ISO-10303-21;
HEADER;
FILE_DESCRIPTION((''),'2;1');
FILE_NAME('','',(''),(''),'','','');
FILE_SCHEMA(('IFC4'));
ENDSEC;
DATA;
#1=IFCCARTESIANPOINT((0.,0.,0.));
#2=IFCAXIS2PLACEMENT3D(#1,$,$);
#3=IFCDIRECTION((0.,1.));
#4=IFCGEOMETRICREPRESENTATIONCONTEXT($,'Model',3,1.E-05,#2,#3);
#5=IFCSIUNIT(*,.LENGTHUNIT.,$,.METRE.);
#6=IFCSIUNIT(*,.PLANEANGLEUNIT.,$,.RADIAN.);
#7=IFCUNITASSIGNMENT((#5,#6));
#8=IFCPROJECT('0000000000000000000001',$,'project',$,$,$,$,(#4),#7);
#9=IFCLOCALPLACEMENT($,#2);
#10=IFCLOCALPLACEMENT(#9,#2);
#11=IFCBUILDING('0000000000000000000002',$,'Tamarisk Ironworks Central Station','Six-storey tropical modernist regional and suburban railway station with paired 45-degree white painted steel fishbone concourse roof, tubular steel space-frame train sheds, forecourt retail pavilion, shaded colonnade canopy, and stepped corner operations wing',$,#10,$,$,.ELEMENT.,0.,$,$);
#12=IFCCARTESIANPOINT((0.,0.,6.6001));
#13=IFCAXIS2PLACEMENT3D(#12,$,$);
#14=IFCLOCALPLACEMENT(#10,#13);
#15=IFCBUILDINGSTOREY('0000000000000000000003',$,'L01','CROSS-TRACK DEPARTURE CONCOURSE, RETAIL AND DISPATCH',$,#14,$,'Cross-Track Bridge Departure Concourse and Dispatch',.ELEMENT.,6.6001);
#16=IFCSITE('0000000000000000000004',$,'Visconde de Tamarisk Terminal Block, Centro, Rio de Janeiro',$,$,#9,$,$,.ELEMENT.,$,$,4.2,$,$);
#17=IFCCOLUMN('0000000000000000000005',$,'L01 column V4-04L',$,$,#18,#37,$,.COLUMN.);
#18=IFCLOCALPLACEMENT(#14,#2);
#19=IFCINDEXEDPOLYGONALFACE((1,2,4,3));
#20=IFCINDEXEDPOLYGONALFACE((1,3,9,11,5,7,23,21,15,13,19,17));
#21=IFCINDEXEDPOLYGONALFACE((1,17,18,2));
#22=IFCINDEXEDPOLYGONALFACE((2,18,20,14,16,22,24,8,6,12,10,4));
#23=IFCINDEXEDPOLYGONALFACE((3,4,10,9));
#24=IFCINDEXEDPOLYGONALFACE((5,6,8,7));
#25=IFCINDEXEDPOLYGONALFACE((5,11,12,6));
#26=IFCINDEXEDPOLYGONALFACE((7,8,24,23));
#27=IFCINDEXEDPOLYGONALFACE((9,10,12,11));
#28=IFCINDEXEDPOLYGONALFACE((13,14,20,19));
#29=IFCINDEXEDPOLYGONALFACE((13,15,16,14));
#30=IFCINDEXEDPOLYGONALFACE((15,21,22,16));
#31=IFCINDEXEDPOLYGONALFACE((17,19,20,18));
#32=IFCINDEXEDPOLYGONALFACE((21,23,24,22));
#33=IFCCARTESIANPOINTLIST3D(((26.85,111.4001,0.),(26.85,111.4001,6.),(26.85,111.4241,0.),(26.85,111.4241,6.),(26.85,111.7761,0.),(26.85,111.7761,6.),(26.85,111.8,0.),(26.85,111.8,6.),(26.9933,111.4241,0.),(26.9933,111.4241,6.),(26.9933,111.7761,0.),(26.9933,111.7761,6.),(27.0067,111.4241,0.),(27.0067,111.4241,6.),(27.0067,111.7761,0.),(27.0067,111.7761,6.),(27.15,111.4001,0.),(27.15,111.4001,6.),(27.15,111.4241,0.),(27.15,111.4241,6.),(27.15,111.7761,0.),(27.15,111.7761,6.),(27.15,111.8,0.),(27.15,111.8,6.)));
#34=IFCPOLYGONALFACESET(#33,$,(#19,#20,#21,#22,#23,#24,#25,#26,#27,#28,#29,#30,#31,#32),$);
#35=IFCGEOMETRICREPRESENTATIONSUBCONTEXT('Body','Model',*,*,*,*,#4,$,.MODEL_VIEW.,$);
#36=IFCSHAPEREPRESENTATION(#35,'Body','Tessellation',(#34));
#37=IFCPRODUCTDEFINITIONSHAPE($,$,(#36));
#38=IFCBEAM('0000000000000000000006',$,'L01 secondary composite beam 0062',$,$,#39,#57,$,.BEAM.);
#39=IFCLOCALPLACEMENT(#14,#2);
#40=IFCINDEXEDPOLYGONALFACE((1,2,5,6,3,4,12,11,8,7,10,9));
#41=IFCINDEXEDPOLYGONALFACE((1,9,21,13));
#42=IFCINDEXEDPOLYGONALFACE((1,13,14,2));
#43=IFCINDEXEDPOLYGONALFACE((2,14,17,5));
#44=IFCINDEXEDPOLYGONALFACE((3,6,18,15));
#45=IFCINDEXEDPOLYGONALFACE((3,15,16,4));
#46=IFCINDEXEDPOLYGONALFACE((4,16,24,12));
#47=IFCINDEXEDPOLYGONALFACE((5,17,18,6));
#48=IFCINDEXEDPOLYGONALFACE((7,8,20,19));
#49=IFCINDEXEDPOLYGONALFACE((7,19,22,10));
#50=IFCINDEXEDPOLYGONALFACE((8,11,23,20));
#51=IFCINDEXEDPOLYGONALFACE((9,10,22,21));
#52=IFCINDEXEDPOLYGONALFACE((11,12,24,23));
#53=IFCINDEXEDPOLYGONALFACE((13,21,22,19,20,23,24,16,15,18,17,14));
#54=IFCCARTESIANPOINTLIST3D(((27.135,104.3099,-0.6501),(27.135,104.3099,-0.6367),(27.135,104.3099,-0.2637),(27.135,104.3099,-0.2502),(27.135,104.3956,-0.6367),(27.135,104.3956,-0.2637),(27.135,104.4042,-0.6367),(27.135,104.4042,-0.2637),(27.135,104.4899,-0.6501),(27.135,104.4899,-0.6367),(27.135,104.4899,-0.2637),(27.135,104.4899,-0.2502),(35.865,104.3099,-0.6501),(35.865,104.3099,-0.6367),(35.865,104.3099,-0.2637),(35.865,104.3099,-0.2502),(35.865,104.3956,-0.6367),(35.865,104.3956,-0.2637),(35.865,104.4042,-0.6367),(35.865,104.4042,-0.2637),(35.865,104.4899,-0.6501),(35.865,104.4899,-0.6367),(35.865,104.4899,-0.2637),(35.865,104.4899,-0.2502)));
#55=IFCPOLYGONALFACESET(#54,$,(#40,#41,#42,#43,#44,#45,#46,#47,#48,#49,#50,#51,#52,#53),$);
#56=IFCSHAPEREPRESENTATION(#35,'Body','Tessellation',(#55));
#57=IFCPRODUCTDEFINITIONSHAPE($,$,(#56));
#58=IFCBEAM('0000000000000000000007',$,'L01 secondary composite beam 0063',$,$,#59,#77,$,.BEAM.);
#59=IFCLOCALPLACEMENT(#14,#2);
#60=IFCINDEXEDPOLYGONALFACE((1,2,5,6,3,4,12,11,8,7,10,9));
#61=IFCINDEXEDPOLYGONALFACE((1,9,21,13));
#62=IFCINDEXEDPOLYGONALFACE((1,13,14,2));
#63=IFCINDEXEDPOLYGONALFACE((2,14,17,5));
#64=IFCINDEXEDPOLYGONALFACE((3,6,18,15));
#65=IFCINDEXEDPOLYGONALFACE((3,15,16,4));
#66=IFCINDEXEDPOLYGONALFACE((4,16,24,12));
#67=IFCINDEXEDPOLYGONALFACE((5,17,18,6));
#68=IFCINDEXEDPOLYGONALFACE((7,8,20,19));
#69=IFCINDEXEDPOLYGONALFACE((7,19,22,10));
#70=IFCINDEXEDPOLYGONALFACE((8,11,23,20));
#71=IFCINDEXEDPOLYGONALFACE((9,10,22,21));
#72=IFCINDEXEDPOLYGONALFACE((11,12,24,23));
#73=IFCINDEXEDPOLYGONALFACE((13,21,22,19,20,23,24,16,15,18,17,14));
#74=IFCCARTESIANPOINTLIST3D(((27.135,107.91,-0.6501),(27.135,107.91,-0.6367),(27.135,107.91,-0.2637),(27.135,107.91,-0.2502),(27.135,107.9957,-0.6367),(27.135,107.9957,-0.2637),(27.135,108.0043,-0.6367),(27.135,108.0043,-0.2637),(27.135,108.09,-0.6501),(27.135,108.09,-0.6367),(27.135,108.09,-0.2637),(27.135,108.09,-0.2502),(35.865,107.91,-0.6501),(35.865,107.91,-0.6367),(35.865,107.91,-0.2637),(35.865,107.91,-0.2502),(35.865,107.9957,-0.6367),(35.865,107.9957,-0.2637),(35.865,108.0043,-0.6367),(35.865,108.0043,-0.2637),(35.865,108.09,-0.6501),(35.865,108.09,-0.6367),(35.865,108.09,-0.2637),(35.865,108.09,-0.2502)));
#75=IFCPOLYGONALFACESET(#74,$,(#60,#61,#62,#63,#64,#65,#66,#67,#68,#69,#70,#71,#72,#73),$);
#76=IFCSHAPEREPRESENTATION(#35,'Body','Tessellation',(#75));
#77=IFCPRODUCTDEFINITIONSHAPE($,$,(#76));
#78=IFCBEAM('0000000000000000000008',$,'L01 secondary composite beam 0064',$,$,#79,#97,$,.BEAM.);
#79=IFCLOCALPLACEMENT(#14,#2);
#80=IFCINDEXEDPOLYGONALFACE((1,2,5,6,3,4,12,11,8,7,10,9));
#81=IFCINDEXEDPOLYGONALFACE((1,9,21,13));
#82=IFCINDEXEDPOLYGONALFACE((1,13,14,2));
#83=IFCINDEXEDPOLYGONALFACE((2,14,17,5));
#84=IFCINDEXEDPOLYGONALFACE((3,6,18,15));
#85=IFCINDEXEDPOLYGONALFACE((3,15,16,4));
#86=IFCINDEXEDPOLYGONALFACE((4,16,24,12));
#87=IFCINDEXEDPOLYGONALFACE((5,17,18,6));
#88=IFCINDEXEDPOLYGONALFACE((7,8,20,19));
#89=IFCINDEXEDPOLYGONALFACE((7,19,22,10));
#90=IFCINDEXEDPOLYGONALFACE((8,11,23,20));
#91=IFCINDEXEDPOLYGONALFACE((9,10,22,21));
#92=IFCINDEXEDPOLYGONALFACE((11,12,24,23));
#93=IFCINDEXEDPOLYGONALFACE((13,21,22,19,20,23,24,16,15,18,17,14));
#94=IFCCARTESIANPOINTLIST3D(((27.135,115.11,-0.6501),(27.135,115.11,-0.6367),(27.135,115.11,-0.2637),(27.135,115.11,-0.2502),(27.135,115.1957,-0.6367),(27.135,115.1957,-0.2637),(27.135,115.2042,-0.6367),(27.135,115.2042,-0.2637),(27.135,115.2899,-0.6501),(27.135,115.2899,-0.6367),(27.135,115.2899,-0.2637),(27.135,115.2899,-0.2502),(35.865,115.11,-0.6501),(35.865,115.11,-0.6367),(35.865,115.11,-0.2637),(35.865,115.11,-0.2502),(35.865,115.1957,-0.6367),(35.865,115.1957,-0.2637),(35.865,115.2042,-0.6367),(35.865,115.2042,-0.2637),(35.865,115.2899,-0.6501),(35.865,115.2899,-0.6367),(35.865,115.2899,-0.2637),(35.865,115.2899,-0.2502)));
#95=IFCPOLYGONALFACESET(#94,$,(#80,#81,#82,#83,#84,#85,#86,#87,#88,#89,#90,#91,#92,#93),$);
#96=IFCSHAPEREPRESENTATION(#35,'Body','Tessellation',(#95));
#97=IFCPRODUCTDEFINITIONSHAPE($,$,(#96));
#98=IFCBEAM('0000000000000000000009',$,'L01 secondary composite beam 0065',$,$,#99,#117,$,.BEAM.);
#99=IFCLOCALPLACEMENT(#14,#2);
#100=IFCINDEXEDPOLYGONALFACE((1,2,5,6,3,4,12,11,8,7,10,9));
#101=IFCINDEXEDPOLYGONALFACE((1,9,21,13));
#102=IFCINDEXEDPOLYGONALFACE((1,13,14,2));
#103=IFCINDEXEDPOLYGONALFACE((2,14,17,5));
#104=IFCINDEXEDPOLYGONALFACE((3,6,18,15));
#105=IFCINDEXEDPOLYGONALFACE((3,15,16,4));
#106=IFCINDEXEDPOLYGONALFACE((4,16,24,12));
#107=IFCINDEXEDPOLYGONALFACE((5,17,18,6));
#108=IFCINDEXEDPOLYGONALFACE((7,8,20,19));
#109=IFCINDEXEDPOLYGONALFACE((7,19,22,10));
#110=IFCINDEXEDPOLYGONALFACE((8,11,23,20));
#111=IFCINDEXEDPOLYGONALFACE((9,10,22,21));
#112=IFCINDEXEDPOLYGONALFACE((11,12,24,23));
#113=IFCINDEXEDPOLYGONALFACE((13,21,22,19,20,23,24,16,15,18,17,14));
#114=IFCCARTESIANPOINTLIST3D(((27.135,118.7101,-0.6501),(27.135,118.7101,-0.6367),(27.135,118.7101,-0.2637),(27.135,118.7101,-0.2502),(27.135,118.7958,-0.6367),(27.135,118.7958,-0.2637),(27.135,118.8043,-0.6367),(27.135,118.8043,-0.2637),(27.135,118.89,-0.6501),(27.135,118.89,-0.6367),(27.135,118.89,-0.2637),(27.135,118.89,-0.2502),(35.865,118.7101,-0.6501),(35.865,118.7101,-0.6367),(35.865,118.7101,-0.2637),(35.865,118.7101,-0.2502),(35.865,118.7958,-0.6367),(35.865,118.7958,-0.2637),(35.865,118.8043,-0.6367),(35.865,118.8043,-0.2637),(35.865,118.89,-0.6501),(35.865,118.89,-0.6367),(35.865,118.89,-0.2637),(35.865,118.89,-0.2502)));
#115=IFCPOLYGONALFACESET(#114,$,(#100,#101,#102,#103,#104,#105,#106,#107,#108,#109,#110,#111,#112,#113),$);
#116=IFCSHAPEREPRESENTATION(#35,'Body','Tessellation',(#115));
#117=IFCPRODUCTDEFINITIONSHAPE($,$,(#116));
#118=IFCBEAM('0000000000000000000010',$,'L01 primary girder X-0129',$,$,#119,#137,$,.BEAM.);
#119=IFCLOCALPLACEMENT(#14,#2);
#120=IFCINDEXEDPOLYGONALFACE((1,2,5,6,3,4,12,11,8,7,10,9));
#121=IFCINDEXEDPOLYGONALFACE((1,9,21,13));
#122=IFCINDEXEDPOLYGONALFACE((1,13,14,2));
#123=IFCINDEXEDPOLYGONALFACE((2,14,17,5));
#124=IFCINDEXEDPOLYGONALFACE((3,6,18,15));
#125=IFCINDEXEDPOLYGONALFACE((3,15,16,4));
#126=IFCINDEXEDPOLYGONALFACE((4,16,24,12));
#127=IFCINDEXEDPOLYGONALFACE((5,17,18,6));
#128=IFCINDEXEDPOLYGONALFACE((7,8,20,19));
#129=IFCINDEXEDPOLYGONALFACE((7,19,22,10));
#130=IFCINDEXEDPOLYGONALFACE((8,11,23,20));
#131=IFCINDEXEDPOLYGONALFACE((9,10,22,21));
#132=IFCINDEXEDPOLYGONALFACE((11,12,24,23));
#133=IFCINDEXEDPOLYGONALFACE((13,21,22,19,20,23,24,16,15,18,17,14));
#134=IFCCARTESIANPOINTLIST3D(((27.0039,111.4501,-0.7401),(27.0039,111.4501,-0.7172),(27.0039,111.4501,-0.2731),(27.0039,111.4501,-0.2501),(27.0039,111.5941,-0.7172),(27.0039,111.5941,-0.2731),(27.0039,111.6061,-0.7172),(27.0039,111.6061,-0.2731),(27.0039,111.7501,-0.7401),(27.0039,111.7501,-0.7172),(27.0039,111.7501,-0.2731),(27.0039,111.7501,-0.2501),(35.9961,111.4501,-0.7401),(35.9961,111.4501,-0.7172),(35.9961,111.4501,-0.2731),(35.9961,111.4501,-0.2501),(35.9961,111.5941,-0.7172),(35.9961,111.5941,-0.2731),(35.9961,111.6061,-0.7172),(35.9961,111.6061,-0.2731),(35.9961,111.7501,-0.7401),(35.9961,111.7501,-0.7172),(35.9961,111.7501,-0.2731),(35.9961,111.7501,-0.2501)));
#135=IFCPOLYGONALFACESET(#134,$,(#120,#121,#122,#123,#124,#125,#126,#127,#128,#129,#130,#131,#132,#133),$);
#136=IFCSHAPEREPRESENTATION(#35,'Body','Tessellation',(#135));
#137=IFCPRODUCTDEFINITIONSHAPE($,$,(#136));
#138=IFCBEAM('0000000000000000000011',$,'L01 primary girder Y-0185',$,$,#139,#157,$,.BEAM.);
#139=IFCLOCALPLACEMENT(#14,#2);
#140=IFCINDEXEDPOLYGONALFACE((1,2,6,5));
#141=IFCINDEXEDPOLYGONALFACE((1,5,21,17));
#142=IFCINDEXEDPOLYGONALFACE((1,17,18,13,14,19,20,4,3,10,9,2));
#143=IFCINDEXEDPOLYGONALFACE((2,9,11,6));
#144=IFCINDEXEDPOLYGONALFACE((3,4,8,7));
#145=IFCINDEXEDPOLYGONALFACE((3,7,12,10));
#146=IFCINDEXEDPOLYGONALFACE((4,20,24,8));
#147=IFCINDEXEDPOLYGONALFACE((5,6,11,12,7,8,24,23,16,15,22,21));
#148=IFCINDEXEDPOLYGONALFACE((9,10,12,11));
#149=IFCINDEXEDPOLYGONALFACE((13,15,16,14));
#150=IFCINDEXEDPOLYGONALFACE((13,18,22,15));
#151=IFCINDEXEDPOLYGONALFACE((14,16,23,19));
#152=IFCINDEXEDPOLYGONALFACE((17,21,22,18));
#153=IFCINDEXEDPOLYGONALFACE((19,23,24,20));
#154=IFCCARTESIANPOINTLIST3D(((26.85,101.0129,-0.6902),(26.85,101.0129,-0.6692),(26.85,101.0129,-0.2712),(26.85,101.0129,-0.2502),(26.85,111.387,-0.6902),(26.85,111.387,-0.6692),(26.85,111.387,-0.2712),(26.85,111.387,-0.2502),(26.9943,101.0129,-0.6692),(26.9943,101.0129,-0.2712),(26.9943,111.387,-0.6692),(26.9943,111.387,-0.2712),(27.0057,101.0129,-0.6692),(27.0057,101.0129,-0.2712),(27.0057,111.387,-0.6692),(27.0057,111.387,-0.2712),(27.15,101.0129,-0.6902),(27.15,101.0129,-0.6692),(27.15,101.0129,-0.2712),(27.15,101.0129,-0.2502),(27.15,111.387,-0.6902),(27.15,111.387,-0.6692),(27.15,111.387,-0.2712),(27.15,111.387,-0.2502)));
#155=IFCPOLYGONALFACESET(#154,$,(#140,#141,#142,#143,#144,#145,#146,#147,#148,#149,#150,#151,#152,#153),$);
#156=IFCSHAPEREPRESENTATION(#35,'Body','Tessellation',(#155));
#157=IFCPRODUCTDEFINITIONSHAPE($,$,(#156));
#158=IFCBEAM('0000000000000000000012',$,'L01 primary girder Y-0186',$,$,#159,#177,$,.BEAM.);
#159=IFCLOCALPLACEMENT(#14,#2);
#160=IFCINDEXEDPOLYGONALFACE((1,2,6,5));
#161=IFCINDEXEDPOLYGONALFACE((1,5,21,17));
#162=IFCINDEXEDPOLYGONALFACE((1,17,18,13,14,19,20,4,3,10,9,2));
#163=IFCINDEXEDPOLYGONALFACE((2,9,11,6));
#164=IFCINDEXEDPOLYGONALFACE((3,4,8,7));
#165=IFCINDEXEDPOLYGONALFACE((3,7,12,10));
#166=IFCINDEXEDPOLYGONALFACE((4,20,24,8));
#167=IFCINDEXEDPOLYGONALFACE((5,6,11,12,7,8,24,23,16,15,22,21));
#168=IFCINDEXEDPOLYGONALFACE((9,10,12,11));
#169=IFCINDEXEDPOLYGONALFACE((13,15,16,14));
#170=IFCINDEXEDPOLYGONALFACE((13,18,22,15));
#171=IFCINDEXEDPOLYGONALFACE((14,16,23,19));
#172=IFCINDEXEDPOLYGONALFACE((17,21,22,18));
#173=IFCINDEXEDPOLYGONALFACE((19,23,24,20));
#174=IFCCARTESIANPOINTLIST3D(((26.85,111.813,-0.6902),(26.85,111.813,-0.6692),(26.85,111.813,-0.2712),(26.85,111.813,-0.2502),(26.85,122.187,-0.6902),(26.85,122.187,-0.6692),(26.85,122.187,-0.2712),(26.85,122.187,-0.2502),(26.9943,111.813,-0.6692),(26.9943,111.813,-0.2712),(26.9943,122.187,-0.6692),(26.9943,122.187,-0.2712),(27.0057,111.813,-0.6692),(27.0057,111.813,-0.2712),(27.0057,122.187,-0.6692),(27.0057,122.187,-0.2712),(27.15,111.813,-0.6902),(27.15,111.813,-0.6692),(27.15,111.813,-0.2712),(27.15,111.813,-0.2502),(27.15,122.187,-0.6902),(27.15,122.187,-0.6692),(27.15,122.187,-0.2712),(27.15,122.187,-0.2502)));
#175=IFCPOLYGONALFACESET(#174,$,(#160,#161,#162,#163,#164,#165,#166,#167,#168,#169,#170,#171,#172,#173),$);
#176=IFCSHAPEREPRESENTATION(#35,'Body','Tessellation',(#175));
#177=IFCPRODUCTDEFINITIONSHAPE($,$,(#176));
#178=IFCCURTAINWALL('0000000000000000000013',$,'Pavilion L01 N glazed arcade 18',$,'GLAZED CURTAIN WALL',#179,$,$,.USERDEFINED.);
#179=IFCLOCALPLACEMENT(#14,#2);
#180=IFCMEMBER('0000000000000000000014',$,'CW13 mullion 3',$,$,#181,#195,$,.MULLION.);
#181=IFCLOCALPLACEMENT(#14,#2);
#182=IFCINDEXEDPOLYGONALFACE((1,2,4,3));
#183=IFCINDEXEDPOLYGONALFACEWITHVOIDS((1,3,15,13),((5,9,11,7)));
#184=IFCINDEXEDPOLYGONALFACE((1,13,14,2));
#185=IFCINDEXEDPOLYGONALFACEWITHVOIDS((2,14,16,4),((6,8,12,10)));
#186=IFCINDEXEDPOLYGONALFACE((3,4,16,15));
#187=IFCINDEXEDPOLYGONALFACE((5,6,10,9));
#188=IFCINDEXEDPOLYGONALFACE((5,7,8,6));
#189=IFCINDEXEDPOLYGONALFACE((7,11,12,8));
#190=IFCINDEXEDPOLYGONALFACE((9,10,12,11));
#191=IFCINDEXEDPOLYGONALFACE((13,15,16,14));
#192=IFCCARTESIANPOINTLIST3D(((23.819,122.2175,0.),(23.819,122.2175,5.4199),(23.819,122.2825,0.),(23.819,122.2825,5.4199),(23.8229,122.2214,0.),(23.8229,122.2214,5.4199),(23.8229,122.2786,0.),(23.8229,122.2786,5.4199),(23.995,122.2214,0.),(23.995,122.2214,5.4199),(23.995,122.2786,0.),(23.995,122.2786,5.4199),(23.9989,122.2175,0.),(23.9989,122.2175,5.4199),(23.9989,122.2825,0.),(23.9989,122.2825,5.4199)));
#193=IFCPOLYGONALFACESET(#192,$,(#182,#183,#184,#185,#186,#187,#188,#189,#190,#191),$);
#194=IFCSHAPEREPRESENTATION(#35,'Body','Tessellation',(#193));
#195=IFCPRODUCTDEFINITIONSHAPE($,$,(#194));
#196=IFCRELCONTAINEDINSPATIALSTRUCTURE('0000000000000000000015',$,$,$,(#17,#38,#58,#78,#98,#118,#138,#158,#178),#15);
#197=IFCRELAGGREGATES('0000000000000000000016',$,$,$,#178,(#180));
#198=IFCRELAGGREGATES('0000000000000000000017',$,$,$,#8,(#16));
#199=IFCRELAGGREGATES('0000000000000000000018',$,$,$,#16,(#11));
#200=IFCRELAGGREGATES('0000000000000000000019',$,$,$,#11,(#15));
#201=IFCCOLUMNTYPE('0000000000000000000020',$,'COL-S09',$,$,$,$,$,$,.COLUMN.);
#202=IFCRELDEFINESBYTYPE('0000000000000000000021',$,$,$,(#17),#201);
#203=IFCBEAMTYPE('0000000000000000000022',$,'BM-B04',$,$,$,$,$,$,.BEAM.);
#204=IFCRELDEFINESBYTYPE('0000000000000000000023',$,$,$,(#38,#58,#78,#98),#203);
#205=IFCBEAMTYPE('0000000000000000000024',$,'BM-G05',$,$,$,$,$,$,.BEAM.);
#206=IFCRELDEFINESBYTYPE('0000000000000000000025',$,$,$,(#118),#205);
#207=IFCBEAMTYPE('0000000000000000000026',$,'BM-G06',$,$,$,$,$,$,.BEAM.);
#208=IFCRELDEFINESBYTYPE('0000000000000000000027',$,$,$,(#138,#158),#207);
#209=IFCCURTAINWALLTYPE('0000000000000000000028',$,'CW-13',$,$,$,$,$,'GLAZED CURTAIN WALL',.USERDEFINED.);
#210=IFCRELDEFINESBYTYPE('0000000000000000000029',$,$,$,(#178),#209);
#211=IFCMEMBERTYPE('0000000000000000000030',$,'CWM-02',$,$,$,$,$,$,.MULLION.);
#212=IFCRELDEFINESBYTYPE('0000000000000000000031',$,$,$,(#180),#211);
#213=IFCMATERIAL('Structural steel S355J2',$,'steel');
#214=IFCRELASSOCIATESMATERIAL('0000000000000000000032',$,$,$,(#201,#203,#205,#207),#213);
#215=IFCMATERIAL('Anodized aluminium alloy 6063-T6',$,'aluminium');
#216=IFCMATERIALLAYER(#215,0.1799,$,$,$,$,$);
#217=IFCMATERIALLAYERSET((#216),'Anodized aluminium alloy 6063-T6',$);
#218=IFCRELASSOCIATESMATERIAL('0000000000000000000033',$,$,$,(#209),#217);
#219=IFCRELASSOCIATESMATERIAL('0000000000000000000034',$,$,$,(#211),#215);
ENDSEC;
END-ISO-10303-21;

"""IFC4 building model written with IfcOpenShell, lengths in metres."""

from ifc_helpers import new_model, si_unit, direction, frame, origin, origin_2d, place, context, subcontext, project, spatial, hollow_rectangle, i_section, extrude, material, layer, layer_set, material_profile, profile_set, type_object, element, aggregate, save


model = new_model("IFC4")

# Units and contexts
model_context = context("Model", 3, precision=1e-05, world=origin(), true_north=direction((0.0, 1.0)))
body_context = subcontext(model_context, "Body", "Model", "MODEL_VIEW")
ifc_project = project(units=[si_unit("LENGTHUNIT", "METRE"), si_unit("PLANEANGLEUNIT", "RADIAN")], contexts=[model_context])

# Site, building, storey
site_placement = place(None, origin())
site = spatial("IfcSite", under=ifc_project, at=site_placement, Name="Visconde de Tamarisk Terminal Block, Centro, Rio de Janeiro", CompositionType="ELEMENT", RefElevation=4.2)
building_placement = place(site_placement, origin())
building = spatial("IfcBuilding", under=site, at=building_placement, Name="Tamarisk Ironworks Central Station", Description="Six-storey tropical modernist regional and suburban railway station with paired 45-degree white painted steel fishbone concourse roof, tubular steel space-frame train sheds, forecourt retail pavilion, shaded colonnade canopy, and stepped corner operations wing", CompositionType="ELEMENT", ElevationOfRefHeight=0.0)
storey_placement = place(building_placement, frame((0.0, 0.0, 6.6001)))
storey = spatial("IfcBuildingStorey", under=building, at=storey_placement, Name="L01", Description="CROSS-TRACK DEPARTURE CONCOURSE, RETAIL AND DISPATCH", LongName="Cross-Track Bridge Departure Concourse and Dispatch", CompositionType="ELEMENT", Elevation=6.6001)

# Column
ifc_material_1 = material(Name="Structural steel S355J2", Category="steel")
ifc_material_profile_1 = material_profile(ifc_material_1, i_section(OverallWidth=0.3, OverallDepth=0.3999, WebThickness=0.0134, FlangeThickness=0.0239, at=origin_2d()), Name="HEB 400")
ifc_profile_set_1 = profile_set([ifc_material_profile_1], Name="Structural steel S355J2")
column_type = type_object("IfcColumnType", Name="COL-S09", PredefinedType="COLUMN", material=ifc_profile_set_1)
column_placement = place(storey_placement, frame((27.0, 111.6001, 0.0), z_axis=(0.0, 0.0, 1.0), x_axis=(1.0, 0.0, 0.0)))
element("IfcColumn", 1, at=column_placement, inside=storey, type_object=column_type, Name="L01 column V4-04L", PredefinedType="COLUMN", context=body_context, shape_type="SweptSolid", body=[
    extrude(i_section(OverallWidth=0.3, OverallDepth=0.3999, WebThickness=0.0134, FlangeThickness=0.0239, at=origin_2d()), origin(), (0.0, 0.0, 1.0), 6.0),
])

# Beams
ifc_material_profile_2 = material_profile(ifc_material_1, i_section(OverallWidth=0.1799, OverallDepth=0.3999, WebThickness=0.0085, FlangeThickness=0.0134, at=origin_2d()), Name="IPE 400")
ifc_profile_set_2 = profile_set([ifc_material_profile_2], Name="Structural steel S355J2")
beam_type_1 = type_object("IfcBeamType", Name="BM-B04", PredefinedType="BEAM", material=ifc_profile_set_2)
for number, where, z_axis, x_axis, name in (
    (2, (27.135, 104.3999, -0.4502), (1.0, 0.0, 0.0), (0.0, 1.0, 0.0), "L01 secondary composite beam 0062"),
    (3, (27.135, 108.0, -0.4502), (1.0, 0.0, 0.0), (0.0, 1.0, 0.0), "L01 secondary composite beam 0063"),
    (4, (27.135, 115.2, -0.4502), (1.0, 0.0, 0.0), (0.0, 1.0, 0.0), "L01 secondary composite beam 0064"),
    (5, (27.135, 118.8, -0.4502), (1.0, 0.0, 0.0), (0.0, 1.0, 0.0), "L01 secondary composite beam 0065"),
):
    element("IfcBeam", number, at=place(storey_placement, frame(where, z_axis=z_axis, x_axis=x_axis)), inside=storey, type_object=beam_type_1, Name=name, PredefinedType="BEAM", context=body_context, shape_type="SweptSolid", body=[
        extrude(i_section(OverallWidth=0.1799, OverallDepth=0.3999, WebThickness=0.0085, FlangeThickness=0.0134, at=origin_2d()), origin(), (0.0, 0.0, 1.0), 8.73),
    ])
ifc_material_profile_3 = material_profile(ifc_material_1, i_section(OverallWidth=0.3, OverallDepth=0.49, WebThickness=0.012, FlangeThickness=0.0229, at=origin_2d()), Name="HEA 500")
ifc_profile_set_3 = profile_set([ifc_material_profile_3], Name="Structural steel S355J2")
beam_type_2 = type_object("IfcBeamType", Name="BM-G05", PredefinedType="BEAM", material=ifc_profile_set_3)
beam_placement = place(storey_placement, frame((27.0039, 111.6001, -0.4951), z_axis=(1.0, 0.0, 0.0), x_axis=(0.0, 1.0, 0.0)))
element("IfcBeam", 6, at=beam_placement, inside=storey, type_object=beam_type_2, Name="L01 primary girder X-0129", PredefinedType="BEAM", context=body_context, shape_type="SweptSolid", body=[
    extrude(i_section(OverallWidth=0.3, OverallDepth=0.49, WebThickness=0.012, FlangeThickness=0.0229, at=origin_2d()), origin(), (0.0, 0.0, 1.0), 8.9922),
])
ifc_material_profile_4 = material_profile(ifc_material_1, i_section(OverallWidth=0.3, OverallDepth=0.4399, WebThickness=0.0115, FlangeThickness=0.021, at=origin_2d()), Name="HEA 450")
ifc_profile_set_4 = profile_set([ifc_material_profile_4], Name="Structural steel S355J2")
beam_type_3 = type_object("IfcBeamType", Name="BM-G06", PredefinedType="BEAM", material=ifc_profile_set_4)
for number, where, z_axis, x_axis, name in (
    (7, (27.0, 101.0129, -0.4702), (0.0, 1.0, 0.0), (-1.0, 0.0, 0.0), "L01 primary girder Y-0185"),
    (8, (27.0, 111.813, -0.4702), (0.0, 1.0, 0.0), (-1.0, 0.0, 0.0), "L01 primary girder Y-0186"),
):
    element("IfcBeam", number, at=place(storey_placement, frame(where, z_axis=z_axis, x_axis=x_axis)), inside=storey, type_object=beam_type_3, Name=name, PredefinedType="BEAM", context=body_context, shape_type="SweptSolid", body=[
        extrude(i_section(OverallWidth=0.3, OverallDepth=0.4399, WebThickness=0.0115, FlangeThickness=0.021, at=origin_2d()), origin(), (0.0, 0.0, 1.0), 10.374),
    ])

# Curtain wall, member
ifc_material_2 = material(Name="Anodized aluminium alloy 6063-T6", Category="aluminium")
ifc_layer_1 = layer(ifc_material_2, 0.1799)
ifc_layer_set_1 = layer_set([ifc_layer_1], Name="Anodized aluminium alloy 6063-T6")
curtain_wall_type = type_object("IfcCurtainWallType", Name="CW-13", ElementType="GLAZED CURTAIN WALL", PredefinedType="USERDEFINED", material=ifc_layer_set_1)
curtain_wall_placement = place(storey_placement, origin())
curtain_wall = element("IfcCurtainWall", 9, at=curtain_wall_placement, inside=storey, type_object=curtain_wall_type, Name="Pavilion L01 N glazed arcade 18", ObjectType="GLAZED CURTAIN WALL", PredefinedType="USERDEFINED")
ifc_material_profile_5 = material_profile(ifc_material_2, hollow_rectangle(XDim=0.0649, YDim=0.1799, WallThickness=0.0039, at=origin_2d()), Name="ALUM 180x65")
ifc_profile_set_5 = profile_set([ifc_material_profile_5], Name="Anodized aluminium alloy 6063-T6")
member_type_1 = type_object("IfcMemberType", Name="CWM-02", PredefinedType="MULLION", material=ifc_profile_set_5)
member_1_placement = place(storey_placement, frame((23.9089, 122.25, 0.0), z_axis=(0.0, 0.0, 1.0), x_axis=(0.0, 1.0, 0.0)))
member_1 = element("IfcMember", 10, at=member_1_placement, type_object=member_type_1, Name="CW13 mullion 3", PredefinedType="MULLION", context=body_context, shape_type="SweptSolid", body=[
    extrude(hollow_rectangle(XDim=0.0649, YDim=0.1799, WallThickness=0.0039, at=origin_2d()), origin(), (0.0, 0.0, 1.0), 5.4199),
])
aggregate(curtain_wall, [member_1])

save(model, "model.ifc")
